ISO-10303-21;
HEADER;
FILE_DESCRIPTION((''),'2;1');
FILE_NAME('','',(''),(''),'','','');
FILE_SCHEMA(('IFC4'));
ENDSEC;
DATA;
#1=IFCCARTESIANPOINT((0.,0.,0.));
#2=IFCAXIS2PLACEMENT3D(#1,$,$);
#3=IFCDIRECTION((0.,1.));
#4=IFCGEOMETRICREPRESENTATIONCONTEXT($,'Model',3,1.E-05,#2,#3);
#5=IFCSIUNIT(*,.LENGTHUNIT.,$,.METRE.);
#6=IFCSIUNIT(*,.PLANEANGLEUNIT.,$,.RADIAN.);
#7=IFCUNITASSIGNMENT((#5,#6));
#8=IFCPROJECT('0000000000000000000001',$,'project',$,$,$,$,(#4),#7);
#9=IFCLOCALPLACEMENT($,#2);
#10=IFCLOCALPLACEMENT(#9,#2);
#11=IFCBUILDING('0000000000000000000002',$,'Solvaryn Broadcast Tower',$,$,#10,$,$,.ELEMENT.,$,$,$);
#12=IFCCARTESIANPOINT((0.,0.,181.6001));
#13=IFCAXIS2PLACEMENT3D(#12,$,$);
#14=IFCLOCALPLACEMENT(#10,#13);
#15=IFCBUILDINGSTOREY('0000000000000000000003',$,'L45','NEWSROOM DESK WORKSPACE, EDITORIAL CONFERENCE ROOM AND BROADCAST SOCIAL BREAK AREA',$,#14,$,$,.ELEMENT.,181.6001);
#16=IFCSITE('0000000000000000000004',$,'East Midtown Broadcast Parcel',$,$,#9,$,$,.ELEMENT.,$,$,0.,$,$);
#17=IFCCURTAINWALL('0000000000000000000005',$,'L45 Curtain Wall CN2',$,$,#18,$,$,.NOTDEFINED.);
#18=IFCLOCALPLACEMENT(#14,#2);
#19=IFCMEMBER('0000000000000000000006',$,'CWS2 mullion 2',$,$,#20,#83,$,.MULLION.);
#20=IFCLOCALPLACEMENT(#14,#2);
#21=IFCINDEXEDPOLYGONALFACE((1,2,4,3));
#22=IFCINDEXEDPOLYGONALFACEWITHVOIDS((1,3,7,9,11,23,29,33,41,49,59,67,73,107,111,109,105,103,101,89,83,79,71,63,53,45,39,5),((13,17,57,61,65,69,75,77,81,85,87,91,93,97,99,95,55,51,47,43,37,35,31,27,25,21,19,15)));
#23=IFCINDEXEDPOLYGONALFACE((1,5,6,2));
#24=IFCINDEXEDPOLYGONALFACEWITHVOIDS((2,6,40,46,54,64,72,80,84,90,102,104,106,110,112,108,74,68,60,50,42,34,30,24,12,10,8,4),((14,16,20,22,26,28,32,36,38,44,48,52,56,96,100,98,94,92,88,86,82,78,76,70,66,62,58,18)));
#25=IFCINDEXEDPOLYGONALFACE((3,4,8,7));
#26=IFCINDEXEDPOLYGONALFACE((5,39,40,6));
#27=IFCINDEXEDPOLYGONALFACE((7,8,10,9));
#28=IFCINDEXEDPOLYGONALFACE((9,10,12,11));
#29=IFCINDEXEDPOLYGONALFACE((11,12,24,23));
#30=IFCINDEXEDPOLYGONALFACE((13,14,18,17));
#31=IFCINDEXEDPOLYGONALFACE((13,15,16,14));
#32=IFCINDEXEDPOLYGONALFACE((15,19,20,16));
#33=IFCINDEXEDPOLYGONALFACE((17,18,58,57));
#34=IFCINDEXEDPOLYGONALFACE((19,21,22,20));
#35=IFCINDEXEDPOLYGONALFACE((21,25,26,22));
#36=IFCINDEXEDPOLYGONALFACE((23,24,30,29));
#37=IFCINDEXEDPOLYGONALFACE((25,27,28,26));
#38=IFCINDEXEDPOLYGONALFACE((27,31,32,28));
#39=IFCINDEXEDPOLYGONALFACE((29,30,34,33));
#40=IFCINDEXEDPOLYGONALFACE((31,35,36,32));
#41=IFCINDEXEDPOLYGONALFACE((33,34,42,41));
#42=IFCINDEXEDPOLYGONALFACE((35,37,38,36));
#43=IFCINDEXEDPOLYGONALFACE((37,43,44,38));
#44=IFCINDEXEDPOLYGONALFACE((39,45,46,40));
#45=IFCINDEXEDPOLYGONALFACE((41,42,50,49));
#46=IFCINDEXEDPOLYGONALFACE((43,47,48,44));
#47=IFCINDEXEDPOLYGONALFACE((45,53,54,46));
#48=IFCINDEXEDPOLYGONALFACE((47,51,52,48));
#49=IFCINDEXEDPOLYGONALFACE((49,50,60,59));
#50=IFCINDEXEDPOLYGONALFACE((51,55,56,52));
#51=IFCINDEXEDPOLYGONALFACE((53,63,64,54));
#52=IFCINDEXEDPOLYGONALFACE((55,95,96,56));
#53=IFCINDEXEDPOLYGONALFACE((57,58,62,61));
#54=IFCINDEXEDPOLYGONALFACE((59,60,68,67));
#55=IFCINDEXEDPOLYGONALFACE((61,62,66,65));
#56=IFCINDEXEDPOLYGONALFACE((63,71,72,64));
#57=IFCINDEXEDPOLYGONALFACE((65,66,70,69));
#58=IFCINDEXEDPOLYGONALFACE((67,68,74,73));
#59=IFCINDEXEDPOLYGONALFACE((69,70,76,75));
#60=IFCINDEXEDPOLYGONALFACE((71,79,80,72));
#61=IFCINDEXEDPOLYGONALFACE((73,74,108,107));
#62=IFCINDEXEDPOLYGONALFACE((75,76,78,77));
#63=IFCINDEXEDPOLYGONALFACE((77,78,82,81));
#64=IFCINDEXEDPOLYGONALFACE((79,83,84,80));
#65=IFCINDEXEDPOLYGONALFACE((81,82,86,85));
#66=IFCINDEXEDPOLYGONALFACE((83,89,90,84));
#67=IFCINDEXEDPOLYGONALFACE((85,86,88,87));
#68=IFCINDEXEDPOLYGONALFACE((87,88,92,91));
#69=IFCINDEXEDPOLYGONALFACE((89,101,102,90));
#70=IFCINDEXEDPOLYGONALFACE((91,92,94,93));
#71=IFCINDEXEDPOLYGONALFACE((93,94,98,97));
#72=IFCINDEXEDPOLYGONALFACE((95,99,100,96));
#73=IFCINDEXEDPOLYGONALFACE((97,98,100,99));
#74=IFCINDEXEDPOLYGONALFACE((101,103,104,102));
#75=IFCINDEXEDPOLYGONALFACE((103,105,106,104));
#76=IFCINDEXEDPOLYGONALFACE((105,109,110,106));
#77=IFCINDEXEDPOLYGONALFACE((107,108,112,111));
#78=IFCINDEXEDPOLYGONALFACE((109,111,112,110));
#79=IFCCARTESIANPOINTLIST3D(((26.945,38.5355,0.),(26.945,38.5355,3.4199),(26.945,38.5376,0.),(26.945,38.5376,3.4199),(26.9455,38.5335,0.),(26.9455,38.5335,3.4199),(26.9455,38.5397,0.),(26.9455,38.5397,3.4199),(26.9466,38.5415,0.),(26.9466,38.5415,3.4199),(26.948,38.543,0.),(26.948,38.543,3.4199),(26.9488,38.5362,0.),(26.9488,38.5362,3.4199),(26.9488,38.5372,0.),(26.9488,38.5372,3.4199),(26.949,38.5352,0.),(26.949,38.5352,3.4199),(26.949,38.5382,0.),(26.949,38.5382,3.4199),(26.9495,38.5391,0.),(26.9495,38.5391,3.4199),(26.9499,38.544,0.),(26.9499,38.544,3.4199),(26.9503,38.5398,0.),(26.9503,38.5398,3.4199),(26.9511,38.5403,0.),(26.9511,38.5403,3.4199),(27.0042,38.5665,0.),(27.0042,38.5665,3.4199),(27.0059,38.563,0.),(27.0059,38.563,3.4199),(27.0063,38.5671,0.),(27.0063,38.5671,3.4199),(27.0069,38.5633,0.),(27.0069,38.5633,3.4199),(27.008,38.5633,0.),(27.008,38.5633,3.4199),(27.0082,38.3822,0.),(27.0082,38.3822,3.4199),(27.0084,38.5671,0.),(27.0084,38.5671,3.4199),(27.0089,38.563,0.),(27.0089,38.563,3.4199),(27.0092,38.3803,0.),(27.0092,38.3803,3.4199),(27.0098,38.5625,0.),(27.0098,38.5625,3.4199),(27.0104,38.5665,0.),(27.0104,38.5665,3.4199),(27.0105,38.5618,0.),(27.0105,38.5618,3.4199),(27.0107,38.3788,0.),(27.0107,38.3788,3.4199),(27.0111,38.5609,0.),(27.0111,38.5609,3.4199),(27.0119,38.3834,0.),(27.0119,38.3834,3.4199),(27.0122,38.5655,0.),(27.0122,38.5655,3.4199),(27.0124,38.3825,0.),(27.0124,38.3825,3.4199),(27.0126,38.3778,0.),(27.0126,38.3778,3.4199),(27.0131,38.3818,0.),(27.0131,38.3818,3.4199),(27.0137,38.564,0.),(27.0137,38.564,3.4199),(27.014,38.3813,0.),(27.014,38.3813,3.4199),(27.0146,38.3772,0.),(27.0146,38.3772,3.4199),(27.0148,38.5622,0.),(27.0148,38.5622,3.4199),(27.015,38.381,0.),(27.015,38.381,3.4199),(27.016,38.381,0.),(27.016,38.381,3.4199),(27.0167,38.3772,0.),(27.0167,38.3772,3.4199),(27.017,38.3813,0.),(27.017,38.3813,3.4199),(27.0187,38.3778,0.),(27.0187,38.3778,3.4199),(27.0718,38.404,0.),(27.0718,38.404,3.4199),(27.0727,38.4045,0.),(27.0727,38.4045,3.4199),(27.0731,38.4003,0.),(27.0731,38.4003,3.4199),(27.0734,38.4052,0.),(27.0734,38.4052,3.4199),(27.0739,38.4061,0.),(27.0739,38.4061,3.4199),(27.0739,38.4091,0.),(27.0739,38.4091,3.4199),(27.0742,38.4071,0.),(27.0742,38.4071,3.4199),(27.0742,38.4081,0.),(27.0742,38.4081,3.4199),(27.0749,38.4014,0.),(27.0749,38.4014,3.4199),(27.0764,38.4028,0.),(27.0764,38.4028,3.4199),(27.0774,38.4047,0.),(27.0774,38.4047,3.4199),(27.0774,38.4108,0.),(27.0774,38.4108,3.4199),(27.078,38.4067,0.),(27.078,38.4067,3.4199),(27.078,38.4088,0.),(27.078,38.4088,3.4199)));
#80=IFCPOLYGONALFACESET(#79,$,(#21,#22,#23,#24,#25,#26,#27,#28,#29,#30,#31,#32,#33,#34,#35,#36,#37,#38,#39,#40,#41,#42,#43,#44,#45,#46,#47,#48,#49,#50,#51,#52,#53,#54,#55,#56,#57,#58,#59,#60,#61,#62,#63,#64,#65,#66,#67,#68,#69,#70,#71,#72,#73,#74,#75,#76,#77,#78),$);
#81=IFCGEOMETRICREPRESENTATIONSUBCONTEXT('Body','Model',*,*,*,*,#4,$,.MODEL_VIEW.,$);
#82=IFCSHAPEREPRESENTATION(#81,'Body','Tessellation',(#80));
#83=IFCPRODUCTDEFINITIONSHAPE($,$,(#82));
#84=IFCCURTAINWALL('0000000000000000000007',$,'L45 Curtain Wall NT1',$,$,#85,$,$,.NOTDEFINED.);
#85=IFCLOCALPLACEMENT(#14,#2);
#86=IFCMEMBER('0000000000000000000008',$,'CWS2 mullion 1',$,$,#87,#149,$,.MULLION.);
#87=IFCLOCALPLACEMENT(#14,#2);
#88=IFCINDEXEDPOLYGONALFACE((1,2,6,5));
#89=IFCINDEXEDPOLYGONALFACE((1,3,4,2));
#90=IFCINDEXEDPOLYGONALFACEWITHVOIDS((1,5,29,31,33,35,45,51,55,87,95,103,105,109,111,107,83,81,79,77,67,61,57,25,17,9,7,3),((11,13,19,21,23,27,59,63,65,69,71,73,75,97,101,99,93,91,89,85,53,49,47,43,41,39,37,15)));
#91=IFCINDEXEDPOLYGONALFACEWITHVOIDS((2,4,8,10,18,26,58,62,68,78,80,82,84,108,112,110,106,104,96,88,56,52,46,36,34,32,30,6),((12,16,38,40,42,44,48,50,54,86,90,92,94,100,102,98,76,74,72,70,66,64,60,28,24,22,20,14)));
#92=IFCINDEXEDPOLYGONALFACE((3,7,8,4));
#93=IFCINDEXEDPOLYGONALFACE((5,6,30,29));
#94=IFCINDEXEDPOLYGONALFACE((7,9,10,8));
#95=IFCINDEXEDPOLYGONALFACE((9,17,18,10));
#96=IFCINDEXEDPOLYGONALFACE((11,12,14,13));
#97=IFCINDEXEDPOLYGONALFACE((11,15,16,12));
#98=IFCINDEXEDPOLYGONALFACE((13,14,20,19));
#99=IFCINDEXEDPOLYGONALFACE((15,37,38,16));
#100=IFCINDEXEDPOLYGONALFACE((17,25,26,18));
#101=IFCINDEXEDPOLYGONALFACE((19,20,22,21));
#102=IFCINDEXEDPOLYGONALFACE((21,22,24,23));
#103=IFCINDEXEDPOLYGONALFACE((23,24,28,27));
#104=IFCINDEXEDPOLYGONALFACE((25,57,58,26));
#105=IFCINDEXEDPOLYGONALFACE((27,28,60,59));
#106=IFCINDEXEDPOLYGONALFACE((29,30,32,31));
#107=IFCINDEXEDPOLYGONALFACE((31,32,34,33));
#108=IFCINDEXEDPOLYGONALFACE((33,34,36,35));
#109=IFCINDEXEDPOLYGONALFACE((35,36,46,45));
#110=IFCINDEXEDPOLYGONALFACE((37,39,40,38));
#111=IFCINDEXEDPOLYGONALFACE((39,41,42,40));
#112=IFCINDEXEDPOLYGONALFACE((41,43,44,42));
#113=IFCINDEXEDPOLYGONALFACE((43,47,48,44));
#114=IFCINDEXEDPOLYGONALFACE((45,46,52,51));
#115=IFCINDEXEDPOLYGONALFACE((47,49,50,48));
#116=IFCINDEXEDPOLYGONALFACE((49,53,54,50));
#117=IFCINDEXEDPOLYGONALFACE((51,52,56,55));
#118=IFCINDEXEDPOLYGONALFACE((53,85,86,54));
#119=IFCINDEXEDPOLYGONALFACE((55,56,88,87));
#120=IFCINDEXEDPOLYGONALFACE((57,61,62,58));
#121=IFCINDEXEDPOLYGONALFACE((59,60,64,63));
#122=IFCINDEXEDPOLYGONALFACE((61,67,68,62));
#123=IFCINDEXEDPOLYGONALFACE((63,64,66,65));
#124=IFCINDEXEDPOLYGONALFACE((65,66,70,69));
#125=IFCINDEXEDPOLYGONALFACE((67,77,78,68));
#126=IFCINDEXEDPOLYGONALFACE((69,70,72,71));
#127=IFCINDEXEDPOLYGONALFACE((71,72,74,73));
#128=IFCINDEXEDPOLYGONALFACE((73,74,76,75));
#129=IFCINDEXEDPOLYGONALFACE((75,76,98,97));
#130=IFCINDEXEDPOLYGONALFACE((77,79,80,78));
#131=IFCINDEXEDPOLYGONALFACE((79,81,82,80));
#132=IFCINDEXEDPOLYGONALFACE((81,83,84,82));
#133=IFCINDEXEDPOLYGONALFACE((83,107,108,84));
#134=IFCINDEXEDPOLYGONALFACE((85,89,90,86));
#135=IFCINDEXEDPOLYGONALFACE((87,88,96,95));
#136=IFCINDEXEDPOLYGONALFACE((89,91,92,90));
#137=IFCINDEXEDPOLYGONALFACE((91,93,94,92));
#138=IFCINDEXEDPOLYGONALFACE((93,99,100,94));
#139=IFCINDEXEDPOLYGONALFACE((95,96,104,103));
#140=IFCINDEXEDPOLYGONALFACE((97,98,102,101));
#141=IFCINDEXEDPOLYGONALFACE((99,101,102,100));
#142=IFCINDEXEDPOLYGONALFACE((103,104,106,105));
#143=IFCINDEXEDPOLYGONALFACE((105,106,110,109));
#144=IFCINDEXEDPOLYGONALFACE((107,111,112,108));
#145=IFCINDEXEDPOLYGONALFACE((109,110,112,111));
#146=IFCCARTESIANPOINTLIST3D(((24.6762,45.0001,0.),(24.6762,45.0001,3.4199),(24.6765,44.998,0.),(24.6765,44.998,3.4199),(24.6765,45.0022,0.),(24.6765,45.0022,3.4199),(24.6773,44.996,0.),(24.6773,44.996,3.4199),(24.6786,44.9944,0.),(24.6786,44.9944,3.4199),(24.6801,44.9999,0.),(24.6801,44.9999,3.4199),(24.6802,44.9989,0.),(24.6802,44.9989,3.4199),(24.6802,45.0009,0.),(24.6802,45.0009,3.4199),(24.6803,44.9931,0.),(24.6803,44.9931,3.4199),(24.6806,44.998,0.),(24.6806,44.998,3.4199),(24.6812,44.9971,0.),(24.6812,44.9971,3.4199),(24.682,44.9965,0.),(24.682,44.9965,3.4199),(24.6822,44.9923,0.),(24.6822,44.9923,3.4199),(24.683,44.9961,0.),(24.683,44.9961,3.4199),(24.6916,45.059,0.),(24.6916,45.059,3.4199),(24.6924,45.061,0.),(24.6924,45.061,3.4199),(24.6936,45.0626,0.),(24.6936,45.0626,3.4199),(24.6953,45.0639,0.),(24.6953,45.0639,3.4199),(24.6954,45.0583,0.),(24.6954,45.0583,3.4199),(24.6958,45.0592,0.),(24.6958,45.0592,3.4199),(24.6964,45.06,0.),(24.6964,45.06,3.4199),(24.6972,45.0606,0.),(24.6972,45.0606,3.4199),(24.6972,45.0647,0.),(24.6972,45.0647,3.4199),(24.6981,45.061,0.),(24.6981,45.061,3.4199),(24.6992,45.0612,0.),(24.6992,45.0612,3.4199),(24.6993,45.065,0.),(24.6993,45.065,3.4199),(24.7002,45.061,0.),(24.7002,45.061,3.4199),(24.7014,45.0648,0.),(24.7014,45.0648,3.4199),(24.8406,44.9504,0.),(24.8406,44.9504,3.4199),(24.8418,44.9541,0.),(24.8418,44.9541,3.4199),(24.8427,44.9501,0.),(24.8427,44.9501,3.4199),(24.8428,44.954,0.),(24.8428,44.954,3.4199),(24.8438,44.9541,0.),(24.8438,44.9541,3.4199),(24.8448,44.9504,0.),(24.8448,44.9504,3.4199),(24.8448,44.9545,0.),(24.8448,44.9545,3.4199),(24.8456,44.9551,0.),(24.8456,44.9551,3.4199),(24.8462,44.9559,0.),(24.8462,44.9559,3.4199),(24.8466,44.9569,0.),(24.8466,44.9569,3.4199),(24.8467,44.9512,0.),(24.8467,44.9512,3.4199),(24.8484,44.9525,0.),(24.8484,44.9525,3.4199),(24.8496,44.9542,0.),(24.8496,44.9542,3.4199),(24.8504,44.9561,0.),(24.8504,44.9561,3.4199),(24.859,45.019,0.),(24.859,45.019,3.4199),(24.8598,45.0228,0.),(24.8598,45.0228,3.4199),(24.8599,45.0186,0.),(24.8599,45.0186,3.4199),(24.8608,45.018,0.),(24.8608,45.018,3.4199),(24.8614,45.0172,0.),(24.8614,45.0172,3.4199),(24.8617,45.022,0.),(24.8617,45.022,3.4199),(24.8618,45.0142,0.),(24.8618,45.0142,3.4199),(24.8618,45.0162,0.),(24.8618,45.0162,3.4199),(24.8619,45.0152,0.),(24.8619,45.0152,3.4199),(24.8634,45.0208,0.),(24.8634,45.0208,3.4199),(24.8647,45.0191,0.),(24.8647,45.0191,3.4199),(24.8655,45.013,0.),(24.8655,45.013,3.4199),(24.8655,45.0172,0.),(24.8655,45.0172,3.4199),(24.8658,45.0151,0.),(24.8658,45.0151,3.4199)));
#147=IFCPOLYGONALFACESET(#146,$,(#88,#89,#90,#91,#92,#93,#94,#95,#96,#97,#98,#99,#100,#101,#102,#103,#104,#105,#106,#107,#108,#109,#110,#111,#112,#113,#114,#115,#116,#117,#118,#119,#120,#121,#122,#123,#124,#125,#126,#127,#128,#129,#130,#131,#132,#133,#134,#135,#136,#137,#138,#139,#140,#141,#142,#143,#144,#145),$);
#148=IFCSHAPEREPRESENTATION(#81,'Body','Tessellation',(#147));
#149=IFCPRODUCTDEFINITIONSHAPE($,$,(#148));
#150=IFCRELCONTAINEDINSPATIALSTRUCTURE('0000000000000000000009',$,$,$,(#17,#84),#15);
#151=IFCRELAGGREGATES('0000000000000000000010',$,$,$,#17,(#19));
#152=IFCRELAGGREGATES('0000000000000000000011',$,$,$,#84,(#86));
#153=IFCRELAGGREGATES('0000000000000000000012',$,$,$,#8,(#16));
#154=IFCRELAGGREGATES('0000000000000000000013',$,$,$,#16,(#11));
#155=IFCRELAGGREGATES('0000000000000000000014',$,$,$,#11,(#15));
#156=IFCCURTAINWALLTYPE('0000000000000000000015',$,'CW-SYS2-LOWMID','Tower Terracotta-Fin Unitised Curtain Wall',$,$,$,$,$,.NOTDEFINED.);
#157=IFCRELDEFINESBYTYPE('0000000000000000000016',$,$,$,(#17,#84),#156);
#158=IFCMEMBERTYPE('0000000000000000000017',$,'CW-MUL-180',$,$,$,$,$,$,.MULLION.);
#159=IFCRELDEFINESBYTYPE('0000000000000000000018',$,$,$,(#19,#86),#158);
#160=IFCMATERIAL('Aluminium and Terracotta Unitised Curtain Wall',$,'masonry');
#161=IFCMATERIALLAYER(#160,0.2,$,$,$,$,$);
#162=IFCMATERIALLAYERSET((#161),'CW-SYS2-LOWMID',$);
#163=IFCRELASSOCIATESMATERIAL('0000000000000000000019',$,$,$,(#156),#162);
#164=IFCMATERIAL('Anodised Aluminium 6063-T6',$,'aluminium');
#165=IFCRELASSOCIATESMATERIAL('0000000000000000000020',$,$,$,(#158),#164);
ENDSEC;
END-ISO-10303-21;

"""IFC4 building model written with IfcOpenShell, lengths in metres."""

from ifc_helpers import new_model, si_unit, direction, frame, origin, origin_2d, place, context, subcontext, project, spatial, hollow_rectangle, extrude, material, layer, layer_set, material_profile, profile_set, type_object, element, aggregate, save


model = new_model("IFC4")

# Units and contexts
model_context = context("Model", 3, precision=1e-05, world=origin(), true_north=direction((0.0, 1.0)))
body_context = subcontext(model_context, "Body", "Model", "MODEL_VIEW")
ifc_project = project(units=[si_unit("LENGTHUNIT", "METRE"), si_unit("PLANEANGLEUNIT", "RADIAN")], contexts=[model_context])

# Site, building, storey
site_placement = place(None, origin())
site = spatial("IfcSite", under=ifc_project, at=site_placement, Name="East Midtown Broadcast Parcel", CompositionType="ELEMENT", RefElevation=0.0)
building_placement = place(site_placement, origin())
building = spatial("IfcBuilding", under=site, at=building_placement, Name="Solvaryn Broadcast Tower", CompositionType="ELEMENT")
storey_placement = place(building_placement, frame((0.0, 0.0, 181.6001)))
storey = spatial("IfcBuildingStorey", under=building, at=storey_placement, Name="L45", Description="NEWSROOM DESK WORKSPACE, EDITORIAL CONFERENCE ROOM AND BROADCAST SOCIAL BREAK AREA", CompositionType="ELEMENT", Elevation=181.6001)

# Shared definitions
ifc_material_1 = material(Name="Aluminium and Terracotta Unitised Curtain Wall", Category="masonry")
ifc_layer_1 = layer(ifc_material_1, 0.2)
ifc_layer_set_1 = layer_set([ifc_layer_1], Name="CW-SYS2-LOWMID")
curtain_wall_type = type_object("IfcCurtainWallType", Name="CW-SYS2-LOWMID", Description="Tower Terracotta-Fin Unitised Curtain Wall", PredefinedType="NOTDEFINED", material=ifc_layer_set_1)
ifc_material_2 = material(Name="Anodised Aluminium 6063-T6", Category="aluminium")
ifc_material_profile_1 = material_profile(ifc_material_2, hollow_rectangle(XDim=0.075, YDim=0.1799, WallThickness=0.0039, InnerFilletRadius=0.0039, OuterFilletRadius=0.0081, at=origin_2d()))
ifc_profile_set_1 = profile_set([ifc_material_profile_1], Name="Anodised Aluminium 6063-T6")
member_type_1 = type_object("IfcMemberType", Name="CW-MUL-180", PredefinedType="MULLION", material=ifc_profile_set_1)

# Curtain walls, members
curtain_wall_1_placement = place(storey_placement, origin())
curtain_wall_1 = element("IfcCurtainWall", 1, at=curtain_wall_1_placement, inside=storey, type_object=curtain_wall_type, Name="L45 Curtain Wall CN2", PredefinedType="NOTDEFINED")
member_1_placement = place(storey_placement, frame((27.0115, 38.4722, 0.0), z_axis=(0.0, 0.0, 1.0), x_axis=(-0.923895, -0.382646, 0.0)))
member_1 = element("IfcMember", 2, at=member_1_placement, type_object=member_type_1, Name="CWS2 mullion 2", PredefinedType="MULLION", context=body_context, shape_type="SweptSolid", body=[
    extrude(hollow_rectangle(XDim=0.075, YDim=0.1799, WallThickness=0.0039, InnerFilletRadius=0.0039, OuterFilletRadius=0.0081, at=origin_2d()), origin(), (0.0, 0.0, 1.0), 3.4199),
])
aggregate(curtain_wall_1, [member_1])
curtain_wall_2_placement = place(storey_placement, origin())
curtain_wall_2 = element("IfcCurtainWall", 3, at=curtain_wall_2_placement, inside=storey, type_object=curtain_wall_type, Name="L45 Curtain Wall NT1", PredefinedType="NOTDEFINED")
member_2_placement = place(storey_placement, frame((24.771, 45.0076, 0.0), z_axis=(0.0, 0.0, 1.0), x_axis=(-0.255893, -0.966705, 0.0)))
member_2 = element("IfcMember", 4, at=member_2_placement, type_object=member_type_1, Name="CWS2 mullion 1", PredefinedType="MULLION", context=body_context, shape_type="SweptSolid", body=[
    extrude(hollow_rectangle(XDim=0.075, YDim=0.1799, WallThickness=0.0039, InnerFilletRadius=0.0039, OuterFilletRadius=0.0081, at=origin_2d()), origin(), (0.0, 0.0, 1.0), 3.4199),
])

aggregate(curtain_wall_2, [member_2])

save(model, "model.ifc")
